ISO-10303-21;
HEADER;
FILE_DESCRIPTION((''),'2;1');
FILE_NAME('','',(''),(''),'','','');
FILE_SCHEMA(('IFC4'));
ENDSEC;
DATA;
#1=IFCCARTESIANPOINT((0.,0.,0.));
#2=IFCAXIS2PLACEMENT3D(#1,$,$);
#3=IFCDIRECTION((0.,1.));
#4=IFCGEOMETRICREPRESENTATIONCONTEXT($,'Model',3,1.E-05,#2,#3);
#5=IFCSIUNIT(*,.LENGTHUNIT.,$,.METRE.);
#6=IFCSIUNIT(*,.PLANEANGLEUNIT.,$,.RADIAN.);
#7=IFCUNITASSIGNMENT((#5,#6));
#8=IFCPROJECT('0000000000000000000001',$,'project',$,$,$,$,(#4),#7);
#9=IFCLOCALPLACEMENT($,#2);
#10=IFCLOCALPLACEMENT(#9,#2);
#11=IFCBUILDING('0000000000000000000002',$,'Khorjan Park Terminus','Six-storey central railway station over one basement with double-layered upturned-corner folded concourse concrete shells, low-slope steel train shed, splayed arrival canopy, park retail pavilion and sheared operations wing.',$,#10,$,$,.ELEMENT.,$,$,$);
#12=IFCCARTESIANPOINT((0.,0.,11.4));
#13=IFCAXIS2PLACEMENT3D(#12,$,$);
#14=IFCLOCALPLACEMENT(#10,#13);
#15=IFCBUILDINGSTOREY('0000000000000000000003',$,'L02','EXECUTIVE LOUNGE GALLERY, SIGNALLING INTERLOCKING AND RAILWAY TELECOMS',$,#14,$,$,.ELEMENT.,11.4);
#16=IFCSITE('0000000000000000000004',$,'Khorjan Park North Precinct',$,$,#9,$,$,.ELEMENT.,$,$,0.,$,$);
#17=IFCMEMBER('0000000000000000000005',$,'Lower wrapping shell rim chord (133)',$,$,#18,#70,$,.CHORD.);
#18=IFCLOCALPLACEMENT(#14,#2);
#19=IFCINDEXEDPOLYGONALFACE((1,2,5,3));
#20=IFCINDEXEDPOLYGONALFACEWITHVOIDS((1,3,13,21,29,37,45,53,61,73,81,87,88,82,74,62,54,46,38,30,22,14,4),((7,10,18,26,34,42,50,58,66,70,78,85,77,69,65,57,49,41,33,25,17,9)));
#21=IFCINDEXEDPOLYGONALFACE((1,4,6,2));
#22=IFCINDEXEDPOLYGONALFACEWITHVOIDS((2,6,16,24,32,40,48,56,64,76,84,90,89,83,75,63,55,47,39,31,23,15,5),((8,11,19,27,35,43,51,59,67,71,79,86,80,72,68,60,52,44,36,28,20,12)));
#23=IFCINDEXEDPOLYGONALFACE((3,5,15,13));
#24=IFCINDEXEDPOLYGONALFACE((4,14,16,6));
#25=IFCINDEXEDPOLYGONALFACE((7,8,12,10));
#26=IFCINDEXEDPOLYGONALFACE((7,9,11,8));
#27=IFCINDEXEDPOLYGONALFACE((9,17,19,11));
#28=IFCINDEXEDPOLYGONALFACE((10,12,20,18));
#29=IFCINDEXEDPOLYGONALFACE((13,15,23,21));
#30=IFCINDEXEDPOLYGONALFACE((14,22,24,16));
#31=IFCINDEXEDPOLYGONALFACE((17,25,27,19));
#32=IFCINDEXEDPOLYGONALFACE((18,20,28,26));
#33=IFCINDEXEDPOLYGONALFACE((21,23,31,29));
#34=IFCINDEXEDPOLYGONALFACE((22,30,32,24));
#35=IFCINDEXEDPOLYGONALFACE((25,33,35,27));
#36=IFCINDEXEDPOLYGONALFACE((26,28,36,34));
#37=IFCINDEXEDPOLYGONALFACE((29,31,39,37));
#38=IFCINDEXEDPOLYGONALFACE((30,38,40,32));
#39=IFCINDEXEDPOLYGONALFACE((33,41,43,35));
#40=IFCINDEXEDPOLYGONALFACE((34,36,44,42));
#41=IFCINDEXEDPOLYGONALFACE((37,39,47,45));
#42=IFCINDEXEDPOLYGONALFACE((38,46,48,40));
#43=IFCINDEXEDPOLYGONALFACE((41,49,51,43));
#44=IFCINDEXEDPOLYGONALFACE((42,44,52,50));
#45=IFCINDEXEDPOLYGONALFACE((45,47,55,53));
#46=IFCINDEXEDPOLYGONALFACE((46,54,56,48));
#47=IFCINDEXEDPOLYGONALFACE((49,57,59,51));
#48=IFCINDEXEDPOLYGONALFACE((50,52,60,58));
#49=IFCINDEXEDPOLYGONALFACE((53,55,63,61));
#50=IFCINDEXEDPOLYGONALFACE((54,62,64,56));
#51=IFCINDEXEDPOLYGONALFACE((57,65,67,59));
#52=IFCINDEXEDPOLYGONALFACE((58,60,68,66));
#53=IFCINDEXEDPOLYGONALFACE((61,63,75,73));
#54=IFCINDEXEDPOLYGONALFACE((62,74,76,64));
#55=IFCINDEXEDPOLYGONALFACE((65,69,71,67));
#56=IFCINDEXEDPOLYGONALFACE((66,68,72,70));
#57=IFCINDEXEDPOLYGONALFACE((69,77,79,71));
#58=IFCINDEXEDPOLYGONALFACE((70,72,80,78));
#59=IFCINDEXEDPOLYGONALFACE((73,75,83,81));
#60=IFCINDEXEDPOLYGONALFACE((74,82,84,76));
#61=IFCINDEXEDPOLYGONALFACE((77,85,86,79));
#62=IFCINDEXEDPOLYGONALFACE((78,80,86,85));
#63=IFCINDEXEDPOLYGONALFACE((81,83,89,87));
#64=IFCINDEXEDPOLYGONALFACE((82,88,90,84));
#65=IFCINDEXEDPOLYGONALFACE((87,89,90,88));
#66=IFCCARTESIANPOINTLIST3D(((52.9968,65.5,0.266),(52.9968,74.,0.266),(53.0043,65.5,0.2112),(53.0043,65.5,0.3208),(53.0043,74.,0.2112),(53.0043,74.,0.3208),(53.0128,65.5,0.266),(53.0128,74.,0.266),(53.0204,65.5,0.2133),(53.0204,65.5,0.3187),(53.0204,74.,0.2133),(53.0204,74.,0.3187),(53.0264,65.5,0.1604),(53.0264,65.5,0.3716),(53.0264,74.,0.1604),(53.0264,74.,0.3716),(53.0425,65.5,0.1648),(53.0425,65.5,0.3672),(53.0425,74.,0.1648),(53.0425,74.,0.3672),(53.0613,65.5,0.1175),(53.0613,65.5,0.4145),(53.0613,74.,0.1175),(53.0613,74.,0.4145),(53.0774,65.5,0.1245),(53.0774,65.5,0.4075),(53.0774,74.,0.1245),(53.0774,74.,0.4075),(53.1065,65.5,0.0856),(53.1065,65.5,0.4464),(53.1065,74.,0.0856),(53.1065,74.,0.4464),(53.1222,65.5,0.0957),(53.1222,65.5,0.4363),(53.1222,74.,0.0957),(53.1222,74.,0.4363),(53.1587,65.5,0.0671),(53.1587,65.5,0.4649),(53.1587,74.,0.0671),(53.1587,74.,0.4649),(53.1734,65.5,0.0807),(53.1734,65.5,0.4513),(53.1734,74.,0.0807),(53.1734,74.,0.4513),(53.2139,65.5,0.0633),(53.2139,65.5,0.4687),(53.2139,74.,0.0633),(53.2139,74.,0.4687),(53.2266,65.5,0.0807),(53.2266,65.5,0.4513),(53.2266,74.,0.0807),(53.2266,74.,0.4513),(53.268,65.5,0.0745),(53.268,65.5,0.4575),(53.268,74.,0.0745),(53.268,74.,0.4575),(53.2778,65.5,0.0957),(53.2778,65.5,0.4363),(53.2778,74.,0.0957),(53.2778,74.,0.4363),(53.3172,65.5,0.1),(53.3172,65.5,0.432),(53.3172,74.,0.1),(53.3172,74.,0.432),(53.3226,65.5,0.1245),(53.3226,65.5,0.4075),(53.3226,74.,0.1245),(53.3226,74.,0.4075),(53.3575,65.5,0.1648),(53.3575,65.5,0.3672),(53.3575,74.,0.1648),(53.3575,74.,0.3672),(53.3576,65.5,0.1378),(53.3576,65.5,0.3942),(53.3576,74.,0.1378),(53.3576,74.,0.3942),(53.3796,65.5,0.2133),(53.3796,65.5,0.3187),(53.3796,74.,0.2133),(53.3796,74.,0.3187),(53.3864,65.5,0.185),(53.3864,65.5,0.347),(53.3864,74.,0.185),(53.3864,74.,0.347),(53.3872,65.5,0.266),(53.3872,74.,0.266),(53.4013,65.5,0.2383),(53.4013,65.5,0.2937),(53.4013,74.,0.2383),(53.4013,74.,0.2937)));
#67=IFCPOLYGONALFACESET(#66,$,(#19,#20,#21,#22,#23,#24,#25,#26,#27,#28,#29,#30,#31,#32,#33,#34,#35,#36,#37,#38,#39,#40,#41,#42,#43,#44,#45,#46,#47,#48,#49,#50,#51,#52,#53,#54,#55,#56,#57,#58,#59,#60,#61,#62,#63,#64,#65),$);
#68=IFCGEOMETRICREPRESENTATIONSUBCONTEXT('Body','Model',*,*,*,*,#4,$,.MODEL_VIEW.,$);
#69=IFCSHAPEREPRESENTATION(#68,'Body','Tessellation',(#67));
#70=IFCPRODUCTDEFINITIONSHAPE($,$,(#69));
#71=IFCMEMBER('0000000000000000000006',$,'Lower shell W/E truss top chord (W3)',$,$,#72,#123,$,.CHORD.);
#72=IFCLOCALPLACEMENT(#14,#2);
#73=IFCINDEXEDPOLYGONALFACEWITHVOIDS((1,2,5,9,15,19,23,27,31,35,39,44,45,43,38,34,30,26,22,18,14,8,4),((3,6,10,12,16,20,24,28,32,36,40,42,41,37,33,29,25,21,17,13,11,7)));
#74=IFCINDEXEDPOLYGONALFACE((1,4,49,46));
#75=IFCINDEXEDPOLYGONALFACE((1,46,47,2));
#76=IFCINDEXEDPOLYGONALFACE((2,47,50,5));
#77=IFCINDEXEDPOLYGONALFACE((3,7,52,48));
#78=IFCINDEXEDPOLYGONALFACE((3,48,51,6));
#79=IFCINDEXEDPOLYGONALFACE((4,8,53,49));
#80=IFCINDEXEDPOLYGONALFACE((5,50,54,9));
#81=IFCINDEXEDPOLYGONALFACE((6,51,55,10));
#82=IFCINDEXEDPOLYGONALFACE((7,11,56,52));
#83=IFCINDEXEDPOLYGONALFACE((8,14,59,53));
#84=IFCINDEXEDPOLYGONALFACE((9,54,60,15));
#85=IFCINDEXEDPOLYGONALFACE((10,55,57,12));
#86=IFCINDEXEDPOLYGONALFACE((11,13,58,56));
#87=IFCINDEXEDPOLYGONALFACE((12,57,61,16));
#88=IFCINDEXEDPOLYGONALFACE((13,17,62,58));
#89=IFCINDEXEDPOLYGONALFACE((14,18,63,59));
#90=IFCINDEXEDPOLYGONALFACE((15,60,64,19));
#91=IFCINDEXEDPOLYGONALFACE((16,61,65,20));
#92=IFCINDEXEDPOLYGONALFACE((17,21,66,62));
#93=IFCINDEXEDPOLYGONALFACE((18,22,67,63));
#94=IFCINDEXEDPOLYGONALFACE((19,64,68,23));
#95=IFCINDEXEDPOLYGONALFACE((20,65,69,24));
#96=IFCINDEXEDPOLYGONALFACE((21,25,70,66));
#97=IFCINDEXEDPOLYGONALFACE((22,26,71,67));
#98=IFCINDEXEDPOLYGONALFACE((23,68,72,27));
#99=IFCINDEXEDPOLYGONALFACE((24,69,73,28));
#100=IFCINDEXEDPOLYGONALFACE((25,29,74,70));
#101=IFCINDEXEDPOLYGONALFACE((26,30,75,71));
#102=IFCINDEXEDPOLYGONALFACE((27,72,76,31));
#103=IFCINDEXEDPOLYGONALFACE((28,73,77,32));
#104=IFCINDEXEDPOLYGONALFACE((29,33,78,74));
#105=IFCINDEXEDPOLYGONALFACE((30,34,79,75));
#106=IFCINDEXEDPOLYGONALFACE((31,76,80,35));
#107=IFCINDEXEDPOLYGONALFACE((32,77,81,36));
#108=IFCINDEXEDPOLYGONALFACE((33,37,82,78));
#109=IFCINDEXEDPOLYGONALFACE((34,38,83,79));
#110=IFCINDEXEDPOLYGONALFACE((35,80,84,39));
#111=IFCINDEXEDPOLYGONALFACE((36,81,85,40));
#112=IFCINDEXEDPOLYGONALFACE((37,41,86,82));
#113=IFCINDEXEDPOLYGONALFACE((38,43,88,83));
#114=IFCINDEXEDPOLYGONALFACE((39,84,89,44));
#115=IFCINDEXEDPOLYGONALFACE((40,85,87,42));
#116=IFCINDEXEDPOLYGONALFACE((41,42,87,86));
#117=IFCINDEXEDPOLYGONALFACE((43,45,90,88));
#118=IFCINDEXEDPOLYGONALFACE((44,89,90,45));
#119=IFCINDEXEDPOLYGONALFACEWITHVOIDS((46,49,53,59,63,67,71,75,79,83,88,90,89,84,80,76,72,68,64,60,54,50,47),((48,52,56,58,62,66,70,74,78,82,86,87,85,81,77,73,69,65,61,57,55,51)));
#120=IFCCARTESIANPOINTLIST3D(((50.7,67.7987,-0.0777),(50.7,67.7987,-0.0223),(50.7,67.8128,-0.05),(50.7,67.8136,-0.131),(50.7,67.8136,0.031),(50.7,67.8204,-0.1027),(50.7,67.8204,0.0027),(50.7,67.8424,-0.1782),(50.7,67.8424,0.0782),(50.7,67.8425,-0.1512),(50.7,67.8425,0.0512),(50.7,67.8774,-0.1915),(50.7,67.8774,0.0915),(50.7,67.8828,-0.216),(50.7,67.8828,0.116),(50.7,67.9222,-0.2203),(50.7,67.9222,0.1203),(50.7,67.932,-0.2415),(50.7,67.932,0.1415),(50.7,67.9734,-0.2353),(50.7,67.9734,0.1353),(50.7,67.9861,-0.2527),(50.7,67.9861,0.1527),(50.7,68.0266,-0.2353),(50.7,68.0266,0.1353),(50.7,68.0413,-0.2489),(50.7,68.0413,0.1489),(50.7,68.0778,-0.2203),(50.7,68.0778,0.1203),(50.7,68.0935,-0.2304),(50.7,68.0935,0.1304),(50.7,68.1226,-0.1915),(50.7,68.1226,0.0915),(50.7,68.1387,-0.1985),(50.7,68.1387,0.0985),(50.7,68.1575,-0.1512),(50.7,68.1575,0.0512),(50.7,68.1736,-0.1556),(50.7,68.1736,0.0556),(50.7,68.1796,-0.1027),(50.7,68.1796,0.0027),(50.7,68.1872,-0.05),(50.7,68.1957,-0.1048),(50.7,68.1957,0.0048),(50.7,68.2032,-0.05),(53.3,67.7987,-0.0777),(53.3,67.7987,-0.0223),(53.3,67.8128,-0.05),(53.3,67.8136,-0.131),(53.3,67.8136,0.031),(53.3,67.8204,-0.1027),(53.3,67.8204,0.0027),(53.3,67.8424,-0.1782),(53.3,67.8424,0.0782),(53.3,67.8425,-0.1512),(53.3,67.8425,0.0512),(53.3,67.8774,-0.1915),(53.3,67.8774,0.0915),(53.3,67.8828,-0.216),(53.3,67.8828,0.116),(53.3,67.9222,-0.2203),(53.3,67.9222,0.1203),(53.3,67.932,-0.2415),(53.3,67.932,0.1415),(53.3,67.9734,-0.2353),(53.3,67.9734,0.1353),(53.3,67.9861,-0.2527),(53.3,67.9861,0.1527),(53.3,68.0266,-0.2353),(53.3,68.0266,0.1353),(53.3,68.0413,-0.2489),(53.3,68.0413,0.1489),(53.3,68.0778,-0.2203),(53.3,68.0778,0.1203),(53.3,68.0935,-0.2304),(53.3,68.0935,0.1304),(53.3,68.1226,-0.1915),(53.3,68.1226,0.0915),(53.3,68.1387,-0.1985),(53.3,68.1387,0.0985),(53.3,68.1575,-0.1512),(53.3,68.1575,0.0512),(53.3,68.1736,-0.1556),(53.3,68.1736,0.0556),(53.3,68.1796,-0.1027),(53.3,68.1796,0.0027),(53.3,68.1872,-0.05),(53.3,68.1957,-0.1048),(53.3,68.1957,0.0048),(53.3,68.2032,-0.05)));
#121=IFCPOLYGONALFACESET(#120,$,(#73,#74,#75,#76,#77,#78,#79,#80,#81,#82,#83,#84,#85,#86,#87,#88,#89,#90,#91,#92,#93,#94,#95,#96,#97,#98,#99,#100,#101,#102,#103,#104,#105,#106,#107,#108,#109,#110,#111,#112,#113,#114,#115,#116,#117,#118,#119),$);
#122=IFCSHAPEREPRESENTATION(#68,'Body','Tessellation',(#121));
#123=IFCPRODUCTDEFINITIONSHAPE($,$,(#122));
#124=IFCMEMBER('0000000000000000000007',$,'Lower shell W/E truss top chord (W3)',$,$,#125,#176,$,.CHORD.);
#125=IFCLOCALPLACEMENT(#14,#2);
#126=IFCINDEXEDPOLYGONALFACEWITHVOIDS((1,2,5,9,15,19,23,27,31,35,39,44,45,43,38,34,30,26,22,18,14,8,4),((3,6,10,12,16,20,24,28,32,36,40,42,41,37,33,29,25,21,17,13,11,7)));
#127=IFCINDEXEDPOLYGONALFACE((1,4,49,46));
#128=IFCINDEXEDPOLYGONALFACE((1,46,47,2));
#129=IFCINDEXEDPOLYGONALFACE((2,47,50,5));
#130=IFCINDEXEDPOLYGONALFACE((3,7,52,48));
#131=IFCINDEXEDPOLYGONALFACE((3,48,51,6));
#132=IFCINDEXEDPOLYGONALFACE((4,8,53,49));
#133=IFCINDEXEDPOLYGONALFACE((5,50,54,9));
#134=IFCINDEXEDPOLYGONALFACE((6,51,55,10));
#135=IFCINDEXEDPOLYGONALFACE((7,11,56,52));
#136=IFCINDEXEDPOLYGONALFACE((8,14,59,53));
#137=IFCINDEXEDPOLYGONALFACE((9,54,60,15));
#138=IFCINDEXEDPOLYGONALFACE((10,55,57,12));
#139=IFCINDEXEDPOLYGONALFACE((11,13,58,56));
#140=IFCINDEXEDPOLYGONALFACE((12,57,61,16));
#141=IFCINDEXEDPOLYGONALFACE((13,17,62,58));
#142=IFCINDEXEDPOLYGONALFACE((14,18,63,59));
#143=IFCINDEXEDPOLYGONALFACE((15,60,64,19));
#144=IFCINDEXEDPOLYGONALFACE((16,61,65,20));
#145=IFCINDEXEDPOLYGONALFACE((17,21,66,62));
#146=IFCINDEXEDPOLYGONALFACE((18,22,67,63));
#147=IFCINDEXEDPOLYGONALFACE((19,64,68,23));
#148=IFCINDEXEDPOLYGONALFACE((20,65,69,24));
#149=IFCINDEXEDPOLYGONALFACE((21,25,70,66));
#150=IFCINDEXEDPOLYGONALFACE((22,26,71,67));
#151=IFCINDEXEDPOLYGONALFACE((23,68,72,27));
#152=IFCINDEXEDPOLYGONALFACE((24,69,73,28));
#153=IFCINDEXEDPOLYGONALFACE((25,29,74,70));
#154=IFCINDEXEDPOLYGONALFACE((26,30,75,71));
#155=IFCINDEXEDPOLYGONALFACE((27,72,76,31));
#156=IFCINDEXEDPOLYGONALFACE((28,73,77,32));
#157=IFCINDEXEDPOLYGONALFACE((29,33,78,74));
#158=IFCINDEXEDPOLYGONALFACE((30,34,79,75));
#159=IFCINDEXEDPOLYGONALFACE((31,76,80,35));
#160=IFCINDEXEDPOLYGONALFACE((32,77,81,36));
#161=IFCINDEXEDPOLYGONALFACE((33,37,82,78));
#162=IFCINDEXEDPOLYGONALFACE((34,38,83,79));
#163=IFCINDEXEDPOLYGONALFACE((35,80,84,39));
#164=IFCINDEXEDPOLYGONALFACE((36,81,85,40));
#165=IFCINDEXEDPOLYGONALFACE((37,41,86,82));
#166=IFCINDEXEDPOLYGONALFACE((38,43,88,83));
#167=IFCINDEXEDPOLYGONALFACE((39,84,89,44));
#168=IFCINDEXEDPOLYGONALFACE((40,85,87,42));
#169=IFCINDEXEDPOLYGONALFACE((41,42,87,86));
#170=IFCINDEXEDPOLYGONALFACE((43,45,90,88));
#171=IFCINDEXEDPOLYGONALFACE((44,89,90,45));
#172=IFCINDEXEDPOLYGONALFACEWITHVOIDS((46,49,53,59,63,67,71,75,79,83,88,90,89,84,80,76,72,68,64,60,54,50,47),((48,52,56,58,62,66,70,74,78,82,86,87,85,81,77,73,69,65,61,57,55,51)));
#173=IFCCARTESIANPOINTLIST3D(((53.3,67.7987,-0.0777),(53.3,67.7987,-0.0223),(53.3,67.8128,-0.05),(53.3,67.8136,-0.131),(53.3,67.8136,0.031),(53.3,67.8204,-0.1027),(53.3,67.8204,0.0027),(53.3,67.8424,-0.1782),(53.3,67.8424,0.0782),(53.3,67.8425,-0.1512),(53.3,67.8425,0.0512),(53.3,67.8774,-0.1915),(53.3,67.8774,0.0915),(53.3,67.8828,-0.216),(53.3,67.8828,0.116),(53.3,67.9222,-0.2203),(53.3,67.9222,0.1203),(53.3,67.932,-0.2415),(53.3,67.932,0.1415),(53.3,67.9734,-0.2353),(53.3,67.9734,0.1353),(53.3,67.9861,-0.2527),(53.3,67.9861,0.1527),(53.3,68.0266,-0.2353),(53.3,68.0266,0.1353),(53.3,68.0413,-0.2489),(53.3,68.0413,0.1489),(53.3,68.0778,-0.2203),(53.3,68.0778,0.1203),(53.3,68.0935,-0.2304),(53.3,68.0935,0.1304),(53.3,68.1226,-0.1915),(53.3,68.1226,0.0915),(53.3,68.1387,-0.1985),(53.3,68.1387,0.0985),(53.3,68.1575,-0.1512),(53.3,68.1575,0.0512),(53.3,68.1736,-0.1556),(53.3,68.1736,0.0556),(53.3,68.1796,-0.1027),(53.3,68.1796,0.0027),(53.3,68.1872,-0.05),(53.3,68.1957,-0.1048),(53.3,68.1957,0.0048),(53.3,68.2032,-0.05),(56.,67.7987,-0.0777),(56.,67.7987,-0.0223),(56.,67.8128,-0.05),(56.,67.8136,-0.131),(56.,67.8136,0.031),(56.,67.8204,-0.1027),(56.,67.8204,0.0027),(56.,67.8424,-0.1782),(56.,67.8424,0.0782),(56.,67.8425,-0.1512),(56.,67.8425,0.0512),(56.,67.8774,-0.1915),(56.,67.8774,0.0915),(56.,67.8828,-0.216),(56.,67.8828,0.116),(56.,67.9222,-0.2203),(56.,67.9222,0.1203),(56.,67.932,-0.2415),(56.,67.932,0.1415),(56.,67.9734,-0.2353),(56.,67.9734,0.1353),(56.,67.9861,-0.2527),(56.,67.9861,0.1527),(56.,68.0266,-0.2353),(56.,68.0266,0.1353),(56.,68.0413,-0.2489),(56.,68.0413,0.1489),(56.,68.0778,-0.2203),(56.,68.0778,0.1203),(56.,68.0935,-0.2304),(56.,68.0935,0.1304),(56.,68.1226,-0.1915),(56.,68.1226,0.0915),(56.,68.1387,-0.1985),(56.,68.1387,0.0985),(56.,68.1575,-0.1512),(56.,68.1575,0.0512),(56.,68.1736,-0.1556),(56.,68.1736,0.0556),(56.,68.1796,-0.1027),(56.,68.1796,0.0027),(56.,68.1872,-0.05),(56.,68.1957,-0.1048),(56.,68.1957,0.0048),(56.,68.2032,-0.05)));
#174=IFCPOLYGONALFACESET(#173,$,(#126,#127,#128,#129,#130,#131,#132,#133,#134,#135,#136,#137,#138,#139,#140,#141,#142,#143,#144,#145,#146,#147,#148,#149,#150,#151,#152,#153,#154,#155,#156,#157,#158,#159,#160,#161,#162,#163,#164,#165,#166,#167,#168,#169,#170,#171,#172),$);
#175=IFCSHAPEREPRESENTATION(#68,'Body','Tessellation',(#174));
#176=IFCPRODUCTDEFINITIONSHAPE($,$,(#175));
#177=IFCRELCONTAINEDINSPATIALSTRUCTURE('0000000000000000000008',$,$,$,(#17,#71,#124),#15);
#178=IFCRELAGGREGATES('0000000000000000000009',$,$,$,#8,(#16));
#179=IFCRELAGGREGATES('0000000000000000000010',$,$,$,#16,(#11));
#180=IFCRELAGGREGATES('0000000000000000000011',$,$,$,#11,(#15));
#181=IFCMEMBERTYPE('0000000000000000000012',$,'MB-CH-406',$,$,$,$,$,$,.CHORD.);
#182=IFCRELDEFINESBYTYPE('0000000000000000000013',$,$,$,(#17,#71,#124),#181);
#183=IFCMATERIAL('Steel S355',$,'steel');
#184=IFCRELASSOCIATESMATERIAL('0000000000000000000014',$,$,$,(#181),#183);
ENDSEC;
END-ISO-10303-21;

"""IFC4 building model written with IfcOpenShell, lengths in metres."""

from ifc_helpers import new_model, si_unit, direction, frame, origin, origin_2d, place, context, subcontext, project, spatial, hollow_circle, extrude, material, material_profile, profile_set, type_object, element, save


model = new_model("IFC4")

# Units and contexts
model_context = context("Model", 3, precision=1e-05, world=origin(), true_north=direction((0.0, 1.0)))
body_context = subcontext(model_context, "Body", "Model", "MODEL_VIEW")
ifc_project = project(units=[si_unit("LENGTHUNIT", "METRE"), si_unit("PLANEANGLEUNIT", "RADIAN")], contexts=[model_context])

# Site, building, storey
site_placement = place(None, origin())
site = spatial("IfcSite", under=ifc_project, at=site_placement, Name="Khorjan Park North Precinct", CompositionType="ELEMENT", RefElevation=0.0)
building_placement = place(site_placement, origin())
building = spatial("IfcBuilding", under=site, at=building_placement, Name="Khorjan Park Terminus", Description="Six-storey central railway station over one basement with double-layered upturned-corner folded concourse concrete shells, low-slope steel train shed, splayed arrival canopy, park retail pavilion and sheared operations wing.", CompositionType="ELEMENT")
storey_placement = place(building_placement, frame((0.0, 0.0, 11.4)))
storey = spatial("IfcBuildingStorey", under=building, at=storey_placement, Name="L02", Description="EXECUTIVE LOUNGE GALLERY, SIGNALLING INTERLOCKING AND RAILWAY TELECOMS", CompositionType="ELEMENT", Elevation=11.4)

# Members
ifc_material_1 = material(Name="Steel S355", Category="steel")
ifc_material_profile_1 = material_profile(ifc_material_1, hollow_circle(Radius=0.2032, WallThickness=0.016, at=origin_2d()), Name="CHS 406.4x16")
ifc_profile_set_1 = profile_set([ifc_material_profile_1], Name="Steel S355")
member_type_1 = type_object("IfcMemberType", Name="MB-CH-406", PredefinedType="CHORD", material=ifc_profile_set_1)
member_1_placement = place(storey_placement, frame((53.2, 65.5, 0.266), z_axis=(0.0, 1.0, 0.0), x_axis=(-1.0, 0.0, 0.0)))
element("IfcMember", 1, at=member_1_placement, inside=storey, type_object=member_type_1, Name="Lower wrapping shell rim chord (133)", PredefinedType="CHORD", context=body_context, shape_type="SweptSolid", body=[
    extrude(hollow_circle(Radius=0.2032, WallThickness=0.016, at=origin_2d()), origin(), (0.0, 0.0, 1.0), 8.5),
])
member_2_placement = place(storey_placement, frame((50.7, 68.0, -0.05), z_axis=(1.0, 0.0, 0.0), x_axis=(0.0, 1.0, 0.0)))
element("IfcMember", 2, at=member_2_placement, inside=storey, type_object=member_type_1, Name="Lower shell W/E truss top chord (W3)", PredefinedType="CHORD", context=body_context, shape_type="SweptSolid", body=[
    extrude(hollow_circle(Radius=0.2032, WallThickness=0.016, at=origin_2d()), origin(), (0.0, 0.0, 1.0), 2.6),
])
for number, where, z_axis, x_axis, name in (
    (3, (53.3, 68.0, -0.05), (1.0, 0.0, 0.0), (0.0, 1.0, 0.0), "Lower shell W/E truss top chord (W3)"),
):
    element("IfcMember", number, at=place(storey_placement, frame(where, z_axis=z_axis, x_axis=x_axis)), inside=storey, type_object=member_type_1, Name=name, PredefinedType="CHORD", context=body_context, shape_type="SweptSolid", body=[
        extrude(hollow_circle(Radius=0.2032, WallThickness=0.016, at=origin_2d()), origin(), (0.0, 0.0, 1.0), 2.7),
    ])

save(model, "model.ifc")
